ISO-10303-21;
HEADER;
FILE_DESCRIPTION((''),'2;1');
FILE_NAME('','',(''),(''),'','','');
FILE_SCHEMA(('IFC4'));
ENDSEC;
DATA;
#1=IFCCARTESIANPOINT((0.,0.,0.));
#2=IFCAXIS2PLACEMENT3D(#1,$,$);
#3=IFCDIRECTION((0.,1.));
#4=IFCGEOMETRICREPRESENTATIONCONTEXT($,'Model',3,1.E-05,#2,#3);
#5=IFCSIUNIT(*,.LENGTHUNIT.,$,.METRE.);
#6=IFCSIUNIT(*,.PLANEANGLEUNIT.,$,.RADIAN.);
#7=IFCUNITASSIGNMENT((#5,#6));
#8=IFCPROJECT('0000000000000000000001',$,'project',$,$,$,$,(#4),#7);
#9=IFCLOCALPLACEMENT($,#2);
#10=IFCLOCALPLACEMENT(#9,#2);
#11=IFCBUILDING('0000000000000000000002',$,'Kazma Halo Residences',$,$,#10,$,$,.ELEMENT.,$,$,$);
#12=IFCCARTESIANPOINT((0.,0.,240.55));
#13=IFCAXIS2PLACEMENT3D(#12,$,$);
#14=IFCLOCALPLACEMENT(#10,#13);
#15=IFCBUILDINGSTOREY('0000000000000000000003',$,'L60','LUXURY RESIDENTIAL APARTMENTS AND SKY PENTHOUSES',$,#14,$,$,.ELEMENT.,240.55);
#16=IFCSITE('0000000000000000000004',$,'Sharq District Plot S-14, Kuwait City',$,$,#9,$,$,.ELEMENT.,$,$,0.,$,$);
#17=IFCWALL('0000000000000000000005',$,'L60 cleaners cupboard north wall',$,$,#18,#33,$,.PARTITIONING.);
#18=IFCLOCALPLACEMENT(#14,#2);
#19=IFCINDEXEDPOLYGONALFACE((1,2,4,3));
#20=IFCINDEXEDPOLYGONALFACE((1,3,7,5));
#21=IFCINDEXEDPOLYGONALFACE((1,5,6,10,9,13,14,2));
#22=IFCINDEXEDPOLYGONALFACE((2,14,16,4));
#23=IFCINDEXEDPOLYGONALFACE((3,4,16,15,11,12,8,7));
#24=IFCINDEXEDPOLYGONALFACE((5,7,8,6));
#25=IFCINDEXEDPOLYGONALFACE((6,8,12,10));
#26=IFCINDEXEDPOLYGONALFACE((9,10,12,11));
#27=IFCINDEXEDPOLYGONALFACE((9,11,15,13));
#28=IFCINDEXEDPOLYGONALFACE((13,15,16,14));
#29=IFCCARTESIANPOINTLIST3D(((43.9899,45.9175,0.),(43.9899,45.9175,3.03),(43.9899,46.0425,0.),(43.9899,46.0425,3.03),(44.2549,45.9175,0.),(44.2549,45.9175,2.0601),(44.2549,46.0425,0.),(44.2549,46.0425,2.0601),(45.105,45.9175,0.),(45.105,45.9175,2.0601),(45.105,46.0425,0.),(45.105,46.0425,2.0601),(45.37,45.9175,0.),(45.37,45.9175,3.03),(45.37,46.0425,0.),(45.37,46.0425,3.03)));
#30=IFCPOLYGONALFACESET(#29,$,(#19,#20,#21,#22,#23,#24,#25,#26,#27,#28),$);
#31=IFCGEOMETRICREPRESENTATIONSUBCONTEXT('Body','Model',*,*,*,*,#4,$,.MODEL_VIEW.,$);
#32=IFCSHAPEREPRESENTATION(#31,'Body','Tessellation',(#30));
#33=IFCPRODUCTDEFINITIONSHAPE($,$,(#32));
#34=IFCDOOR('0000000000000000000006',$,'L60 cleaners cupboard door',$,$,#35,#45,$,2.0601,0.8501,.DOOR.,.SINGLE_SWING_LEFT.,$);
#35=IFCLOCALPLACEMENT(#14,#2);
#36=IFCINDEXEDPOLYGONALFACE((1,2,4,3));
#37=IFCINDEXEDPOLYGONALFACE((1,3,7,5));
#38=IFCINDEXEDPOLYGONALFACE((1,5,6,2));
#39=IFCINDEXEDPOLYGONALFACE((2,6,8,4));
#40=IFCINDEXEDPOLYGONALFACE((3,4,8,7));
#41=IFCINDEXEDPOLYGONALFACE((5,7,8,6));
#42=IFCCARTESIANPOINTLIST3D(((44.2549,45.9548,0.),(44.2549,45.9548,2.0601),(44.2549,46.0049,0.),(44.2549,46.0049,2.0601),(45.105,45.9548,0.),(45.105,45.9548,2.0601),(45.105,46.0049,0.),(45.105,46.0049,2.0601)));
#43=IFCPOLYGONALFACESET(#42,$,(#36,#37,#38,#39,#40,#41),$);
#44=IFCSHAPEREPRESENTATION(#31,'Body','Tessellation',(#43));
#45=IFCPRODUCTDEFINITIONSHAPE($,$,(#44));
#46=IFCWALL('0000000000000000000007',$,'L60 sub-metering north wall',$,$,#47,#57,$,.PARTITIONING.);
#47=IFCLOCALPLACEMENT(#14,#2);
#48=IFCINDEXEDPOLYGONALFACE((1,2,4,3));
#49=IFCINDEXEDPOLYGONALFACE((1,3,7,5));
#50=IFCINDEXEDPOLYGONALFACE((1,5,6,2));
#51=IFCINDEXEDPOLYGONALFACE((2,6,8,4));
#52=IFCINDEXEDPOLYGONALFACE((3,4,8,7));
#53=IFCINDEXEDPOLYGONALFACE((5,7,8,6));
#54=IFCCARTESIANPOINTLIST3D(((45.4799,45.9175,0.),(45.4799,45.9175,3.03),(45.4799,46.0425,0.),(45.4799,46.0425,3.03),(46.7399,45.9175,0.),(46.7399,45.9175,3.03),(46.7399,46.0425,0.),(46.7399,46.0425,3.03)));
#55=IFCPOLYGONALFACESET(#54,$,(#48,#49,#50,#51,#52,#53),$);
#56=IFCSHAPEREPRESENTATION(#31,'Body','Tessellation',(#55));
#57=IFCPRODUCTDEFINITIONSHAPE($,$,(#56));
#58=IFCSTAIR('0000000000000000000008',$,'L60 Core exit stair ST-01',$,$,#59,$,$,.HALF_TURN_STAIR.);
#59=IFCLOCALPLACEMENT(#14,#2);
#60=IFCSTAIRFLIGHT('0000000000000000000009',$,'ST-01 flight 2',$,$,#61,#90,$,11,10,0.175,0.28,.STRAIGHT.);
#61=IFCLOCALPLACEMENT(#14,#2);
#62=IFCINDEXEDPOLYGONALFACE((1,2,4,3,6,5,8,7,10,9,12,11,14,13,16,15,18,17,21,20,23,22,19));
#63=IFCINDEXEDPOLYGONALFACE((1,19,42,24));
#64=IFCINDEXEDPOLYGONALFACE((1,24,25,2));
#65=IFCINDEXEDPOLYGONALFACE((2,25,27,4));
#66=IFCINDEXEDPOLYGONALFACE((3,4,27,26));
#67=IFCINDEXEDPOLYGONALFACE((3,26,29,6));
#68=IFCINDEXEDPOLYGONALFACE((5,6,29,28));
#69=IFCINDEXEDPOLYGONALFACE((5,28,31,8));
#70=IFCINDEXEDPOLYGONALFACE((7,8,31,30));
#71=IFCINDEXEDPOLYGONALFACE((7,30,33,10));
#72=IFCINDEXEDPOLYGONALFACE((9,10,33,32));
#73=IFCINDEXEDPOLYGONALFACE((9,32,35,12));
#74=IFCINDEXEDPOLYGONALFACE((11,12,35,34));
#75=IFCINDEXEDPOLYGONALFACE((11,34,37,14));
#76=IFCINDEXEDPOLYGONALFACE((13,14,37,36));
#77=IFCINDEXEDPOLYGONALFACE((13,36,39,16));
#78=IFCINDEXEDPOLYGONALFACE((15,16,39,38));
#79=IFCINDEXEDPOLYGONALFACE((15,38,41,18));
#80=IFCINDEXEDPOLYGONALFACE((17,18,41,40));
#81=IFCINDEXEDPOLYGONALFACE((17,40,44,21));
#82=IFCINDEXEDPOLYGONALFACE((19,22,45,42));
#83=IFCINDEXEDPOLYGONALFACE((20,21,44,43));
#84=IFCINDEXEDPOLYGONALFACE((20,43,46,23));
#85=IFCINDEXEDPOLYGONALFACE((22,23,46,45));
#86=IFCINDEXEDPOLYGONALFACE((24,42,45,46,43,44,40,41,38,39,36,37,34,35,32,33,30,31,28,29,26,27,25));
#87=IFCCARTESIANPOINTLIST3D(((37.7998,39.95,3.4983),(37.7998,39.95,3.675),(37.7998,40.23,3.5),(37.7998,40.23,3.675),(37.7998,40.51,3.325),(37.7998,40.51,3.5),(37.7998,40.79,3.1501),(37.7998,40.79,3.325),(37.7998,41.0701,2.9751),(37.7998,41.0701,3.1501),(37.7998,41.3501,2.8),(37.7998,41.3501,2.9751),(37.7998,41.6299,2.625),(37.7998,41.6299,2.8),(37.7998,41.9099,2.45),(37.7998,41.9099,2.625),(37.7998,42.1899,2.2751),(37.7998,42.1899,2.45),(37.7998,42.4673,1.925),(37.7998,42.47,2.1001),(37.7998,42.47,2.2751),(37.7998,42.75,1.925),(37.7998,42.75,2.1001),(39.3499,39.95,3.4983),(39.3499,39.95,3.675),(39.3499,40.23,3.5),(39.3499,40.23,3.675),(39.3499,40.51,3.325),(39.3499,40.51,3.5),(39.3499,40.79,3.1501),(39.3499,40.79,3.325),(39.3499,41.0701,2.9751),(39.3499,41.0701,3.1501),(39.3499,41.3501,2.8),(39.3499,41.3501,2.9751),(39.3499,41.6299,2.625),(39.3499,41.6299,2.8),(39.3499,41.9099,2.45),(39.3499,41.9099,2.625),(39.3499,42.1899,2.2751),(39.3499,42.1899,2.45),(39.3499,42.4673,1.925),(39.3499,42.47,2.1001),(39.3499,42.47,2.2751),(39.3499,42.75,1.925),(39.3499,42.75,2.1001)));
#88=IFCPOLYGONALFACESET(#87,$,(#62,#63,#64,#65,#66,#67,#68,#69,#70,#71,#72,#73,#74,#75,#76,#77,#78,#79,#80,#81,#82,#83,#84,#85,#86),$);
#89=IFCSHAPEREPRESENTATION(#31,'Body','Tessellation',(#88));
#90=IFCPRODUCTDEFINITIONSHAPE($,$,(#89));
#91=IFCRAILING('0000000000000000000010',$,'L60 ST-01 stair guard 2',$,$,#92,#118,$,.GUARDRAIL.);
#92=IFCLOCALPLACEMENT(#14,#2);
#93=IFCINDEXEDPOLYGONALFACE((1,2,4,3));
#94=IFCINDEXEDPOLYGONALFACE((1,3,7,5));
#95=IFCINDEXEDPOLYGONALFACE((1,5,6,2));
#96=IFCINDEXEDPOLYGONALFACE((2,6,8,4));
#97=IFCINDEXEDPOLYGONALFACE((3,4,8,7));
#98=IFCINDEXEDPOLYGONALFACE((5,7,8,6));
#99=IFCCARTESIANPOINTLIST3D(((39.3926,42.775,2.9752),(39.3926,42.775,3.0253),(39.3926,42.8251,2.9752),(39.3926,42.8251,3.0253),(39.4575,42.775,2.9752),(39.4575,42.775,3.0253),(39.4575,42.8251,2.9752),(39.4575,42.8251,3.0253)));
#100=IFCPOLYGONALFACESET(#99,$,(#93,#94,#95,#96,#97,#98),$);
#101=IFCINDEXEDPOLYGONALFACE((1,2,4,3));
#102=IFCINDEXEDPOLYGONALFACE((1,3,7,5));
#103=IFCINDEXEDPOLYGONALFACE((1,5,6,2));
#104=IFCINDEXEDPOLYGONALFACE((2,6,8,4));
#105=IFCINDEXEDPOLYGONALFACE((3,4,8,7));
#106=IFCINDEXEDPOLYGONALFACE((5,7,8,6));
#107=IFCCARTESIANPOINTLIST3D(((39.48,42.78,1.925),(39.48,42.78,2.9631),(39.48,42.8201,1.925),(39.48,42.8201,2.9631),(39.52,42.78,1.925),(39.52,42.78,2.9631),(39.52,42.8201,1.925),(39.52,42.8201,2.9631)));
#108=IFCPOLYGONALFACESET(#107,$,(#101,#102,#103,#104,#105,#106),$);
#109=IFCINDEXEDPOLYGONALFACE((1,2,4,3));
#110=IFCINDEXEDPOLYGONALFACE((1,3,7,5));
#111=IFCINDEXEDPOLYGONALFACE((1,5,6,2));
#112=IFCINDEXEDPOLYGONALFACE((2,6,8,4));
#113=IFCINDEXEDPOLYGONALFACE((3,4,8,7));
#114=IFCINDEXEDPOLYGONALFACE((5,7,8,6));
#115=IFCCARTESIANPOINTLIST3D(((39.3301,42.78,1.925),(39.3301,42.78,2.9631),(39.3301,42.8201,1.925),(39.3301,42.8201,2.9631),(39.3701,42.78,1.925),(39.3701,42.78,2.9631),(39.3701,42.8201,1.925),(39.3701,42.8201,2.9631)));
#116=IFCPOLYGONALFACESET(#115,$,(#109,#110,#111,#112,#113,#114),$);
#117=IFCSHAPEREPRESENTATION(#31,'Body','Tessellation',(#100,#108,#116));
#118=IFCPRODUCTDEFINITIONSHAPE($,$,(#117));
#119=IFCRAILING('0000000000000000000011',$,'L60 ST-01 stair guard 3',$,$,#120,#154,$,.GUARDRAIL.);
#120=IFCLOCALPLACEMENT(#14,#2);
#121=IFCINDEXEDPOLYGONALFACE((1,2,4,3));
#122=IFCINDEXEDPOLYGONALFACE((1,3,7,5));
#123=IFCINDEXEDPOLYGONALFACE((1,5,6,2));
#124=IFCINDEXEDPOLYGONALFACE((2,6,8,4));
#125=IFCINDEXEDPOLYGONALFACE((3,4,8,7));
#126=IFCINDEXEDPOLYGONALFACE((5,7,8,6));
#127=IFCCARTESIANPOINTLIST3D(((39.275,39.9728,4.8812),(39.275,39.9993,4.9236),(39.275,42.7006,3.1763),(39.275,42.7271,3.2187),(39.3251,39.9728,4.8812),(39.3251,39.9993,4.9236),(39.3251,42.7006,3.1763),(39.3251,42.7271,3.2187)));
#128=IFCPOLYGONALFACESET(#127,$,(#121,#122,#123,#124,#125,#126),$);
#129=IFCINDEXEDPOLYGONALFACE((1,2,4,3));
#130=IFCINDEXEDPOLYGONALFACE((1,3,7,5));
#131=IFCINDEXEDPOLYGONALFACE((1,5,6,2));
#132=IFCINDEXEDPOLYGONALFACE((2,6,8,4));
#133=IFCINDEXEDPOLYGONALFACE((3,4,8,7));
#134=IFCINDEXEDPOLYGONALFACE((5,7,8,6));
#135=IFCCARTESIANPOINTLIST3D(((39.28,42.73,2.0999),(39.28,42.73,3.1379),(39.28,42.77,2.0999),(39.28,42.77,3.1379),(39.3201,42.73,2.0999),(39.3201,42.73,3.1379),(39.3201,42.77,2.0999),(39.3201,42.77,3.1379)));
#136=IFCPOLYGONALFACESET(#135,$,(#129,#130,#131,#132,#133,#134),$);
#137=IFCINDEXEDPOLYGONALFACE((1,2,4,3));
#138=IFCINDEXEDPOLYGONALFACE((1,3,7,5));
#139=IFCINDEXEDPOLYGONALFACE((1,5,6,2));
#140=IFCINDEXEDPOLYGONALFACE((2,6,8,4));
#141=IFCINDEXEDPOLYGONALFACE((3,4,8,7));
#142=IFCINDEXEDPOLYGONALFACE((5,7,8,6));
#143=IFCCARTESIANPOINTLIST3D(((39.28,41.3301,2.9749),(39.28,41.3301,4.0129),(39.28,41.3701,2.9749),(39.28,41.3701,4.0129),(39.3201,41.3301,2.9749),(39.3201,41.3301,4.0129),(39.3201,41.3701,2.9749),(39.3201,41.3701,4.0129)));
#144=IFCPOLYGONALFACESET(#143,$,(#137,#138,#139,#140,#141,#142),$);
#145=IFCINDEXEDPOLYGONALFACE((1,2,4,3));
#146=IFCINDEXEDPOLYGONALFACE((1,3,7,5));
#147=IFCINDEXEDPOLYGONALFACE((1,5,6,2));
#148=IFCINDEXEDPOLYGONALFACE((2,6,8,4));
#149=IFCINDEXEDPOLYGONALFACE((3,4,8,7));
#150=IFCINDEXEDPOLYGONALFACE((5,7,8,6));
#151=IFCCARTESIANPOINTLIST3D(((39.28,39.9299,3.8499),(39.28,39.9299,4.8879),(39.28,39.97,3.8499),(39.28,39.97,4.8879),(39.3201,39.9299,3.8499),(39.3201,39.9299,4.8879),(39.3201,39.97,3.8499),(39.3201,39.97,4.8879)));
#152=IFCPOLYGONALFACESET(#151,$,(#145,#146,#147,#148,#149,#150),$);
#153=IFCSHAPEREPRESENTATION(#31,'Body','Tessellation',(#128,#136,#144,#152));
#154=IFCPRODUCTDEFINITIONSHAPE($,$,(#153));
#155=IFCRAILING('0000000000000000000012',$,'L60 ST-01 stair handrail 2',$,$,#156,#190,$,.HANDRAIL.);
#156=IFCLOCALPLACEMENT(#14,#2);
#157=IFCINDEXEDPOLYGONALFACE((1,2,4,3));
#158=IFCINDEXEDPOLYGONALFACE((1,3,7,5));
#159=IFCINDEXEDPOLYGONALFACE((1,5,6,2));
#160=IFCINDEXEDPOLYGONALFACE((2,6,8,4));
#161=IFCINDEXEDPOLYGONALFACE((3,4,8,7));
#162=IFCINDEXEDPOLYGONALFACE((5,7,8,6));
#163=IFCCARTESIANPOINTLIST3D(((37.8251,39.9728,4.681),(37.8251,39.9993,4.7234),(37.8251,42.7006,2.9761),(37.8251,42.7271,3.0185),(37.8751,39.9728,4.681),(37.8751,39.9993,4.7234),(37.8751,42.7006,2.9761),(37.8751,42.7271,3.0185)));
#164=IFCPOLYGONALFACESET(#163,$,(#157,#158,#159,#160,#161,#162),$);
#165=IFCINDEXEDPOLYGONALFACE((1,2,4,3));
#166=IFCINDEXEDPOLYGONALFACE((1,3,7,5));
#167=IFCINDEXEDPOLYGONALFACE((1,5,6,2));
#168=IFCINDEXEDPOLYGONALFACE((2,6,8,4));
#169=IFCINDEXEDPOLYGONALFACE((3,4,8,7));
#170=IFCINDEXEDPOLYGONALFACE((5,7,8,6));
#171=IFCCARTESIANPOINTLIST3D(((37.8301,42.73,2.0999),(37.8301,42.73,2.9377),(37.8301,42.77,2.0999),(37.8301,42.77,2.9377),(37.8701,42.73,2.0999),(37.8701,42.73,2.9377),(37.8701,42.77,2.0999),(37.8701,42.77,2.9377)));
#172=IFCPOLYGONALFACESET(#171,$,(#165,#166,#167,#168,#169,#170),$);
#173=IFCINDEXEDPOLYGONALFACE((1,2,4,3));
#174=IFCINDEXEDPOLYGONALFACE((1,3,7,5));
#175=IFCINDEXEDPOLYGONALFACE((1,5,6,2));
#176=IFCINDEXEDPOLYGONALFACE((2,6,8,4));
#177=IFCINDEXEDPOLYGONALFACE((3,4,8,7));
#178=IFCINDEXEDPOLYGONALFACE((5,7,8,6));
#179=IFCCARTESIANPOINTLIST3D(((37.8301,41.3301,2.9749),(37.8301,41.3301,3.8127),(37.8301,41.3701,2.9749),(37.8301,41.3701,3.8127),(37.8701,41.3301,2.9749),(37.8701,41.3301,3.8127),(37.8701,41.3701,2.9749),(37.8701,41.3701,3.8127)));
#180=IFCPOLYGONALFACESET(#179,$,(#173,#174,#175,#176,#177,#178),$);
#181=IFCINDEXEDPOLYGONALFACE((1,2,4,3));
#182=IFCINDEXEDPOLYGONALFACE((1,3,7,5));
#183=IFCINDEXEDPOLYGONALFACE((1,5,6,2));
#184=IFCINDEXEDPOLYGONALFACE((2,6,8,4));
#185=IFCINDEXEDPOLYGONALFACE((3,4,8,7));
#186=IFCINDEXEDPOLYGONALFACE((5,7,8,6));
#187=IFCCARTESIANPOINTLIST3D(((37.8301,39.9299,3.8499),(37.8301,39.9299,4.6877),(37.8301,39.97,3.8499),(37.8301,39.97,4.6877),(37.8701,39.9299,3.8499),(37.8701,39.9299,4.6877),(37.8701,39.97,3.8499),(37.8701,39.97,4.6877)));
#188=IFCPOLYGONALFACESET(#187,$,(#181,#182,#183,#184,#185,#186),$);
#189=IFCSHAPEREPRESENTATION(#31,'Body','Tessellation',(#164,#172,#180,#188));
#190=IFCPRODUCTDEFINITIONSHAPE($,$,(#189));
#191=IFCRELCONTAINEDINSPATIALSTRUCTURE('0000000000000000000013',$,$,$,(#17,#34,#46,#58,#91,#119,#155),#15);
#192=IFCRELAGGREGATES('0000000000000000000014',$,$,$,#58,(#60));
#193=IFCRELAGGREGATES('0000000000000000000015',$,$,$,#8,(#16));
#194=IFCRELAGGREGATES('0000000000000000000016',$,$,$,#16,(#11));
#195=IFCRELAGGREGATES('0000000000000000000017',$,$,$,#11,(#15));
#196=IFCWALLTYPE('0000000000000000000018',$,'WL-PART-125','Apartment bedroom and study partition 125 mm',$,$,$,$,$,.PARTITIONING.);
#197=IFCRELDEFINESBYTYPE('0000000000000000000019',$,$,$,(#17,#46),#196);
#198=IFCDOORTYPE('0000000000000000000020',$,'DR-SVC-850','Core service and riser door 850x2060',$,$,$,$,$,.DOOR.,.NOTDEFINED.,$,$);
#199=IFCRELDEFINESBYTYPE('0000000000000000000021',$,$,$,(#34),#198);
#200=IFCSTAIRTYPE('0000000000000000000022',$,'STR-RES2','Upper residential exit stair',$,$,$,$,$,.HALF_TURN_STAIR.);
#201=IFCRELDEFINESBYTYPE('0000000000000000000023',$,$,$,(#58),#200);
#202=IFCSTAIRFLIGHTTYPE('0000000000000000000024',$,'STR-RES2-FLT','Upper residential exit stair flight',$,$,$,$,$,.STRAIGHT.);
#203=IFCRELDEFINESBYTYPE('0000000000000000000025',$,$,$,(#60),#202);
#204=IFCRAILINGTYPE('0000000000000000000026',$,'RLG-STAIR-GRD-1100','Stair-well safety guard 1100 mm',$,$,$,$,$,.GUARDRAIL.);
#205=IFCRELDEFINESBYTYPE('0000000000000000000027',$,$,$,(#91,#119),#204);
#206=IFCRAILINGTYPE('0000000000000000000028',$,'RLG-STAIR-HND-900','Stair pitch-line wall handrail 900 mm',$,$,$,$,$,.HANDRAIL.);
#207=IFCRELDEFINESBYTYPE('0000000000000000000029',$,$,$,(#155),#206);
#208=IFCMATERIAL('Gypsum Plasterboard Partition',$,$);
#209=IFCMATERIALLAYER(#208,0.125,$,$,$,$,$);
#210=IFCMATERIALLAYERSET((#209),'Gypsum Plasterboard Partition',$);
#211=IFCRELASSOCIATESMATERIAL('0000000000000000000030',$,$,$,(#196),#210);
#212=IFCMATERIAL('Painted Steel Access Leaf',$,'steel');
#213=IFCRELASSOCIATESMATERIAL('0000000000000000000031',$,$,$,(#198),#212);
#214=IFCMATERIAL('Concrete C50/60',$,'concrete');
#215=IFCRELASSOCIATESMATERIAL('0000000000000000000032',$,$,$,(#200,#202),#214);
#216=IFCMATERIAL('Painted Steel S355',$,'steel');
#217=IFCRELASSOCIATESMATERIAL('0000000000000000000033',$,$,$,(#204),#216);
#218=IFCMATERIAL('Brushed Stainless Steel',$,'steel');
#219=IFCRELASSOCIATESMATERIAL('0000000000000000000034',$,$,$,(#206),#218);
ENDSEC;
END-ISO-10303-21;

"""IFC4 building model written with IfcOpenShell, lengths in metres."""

from ifc_helpers import new_model, si_unit, direction, frame, frame_2d, origin, origin_2d, place, context, subcontext, project, spatial, polyline, rectangle, outline, extrude, material, layer, layer_set, type_object, element, fill, aggregate, save


model = new_model("IFC4")

# Units and contexts
model_context = context("Model", 3, precision=1e-05, world=origin(), true_north=direction((0.0, 1.0)))
body_context = subcontext(model_context, "Body", "Model", "MODEL_VIEW")
ifc_project = project(units=[si_unit("LENGTHUNIT", "METRE"), si_unit("PLANEANGLEUNIT", "RADIAN")], contexts=[model_context])

# Site, building, storey
site_placement = place(None, origin())
site = spatial("IfcSite", under=ifc_project, at=site_placement, Name="Sharq District Plot S-14, Kuwait City", CompositionType="ELEMENT", RefElevation=0.0)
building_placement = place(site_placement, origin())
building = spatial("IfcBuilding", under=site, at=building_placement, Name="Kazma Halo Residences", CompositionType="ELEMENT")
storey_placement = place(building_placement, frame((0.0, 0.0, 240.55)))
storey = spatial("IfcBuildingStorey", under=building, at=storey_placement, Name="L60", Description="LUXURY RESIDENTIAL APARTMENTS AND SKY PENTHOUSES", CompositionType="ELEMENT", Elevation=240.55)

# Shared definitions
ifc_material_1 = material(Name="Gypsum Plasterboard Partition")
ifc_layer_1 = layer(ifc_material_1, 0.125)
ifc_layer_set_1 = layer_set([ifc_layer_1], Name="Gypsum Plasterboard Partition")
wall_type_1 = type_object("IfcWallType", Name="WL-PART-125", Description="Apartment bedroom and study partition 125 mm", PredefinedType="PARTITIONING", material=ifc_layer_set_1)

# Shared definitions
ifc_material_2 = material(Name="Painted Steel Access Leaf", Category="steel")
door_type_1 = type_object("IfcDoorType", Name="DR-SVC-850", Description="Core service and riser door 850x2060", OperationType="NOTDEFINED", PredefinedType="DOOR", material=ifc_material_2)

# Wall, opening, door
wall_1_placement = place(storey_placement, frame((43.99, 45.98, 0.0), z_axis=(0.0, 0.0, 1.0), x_axis=(1.0, 0.0, 0.0)))
wall_1 = element("IfcWall", 1, at=wall_1_placement, inside=storey, type_object=wall_type_1, Name="L60 cleaners cupboard north wall", PredefinedType="PARTITIONING", context=body_context, shape_type="SweptSolid", body=[
    extrude(rectangle(XDim=1.3801, YDim=0.125, at=frame_2d((0.6899, 0.0))), origin(), (0.0, 0.0, 1.0), 3.03),
])
opening_1_placement = place(wall_1_placement, frame((0.2649, 0.0, 0.0)))
opening_1 = element("IfcOpeningElement", 2, at=opening_1_placement, cuts=wall_1, PredefinedType="OPENING", context=body_context, shape_type="SweptSolid", body=[
    extrude(rectangle(XDim=0.8501, YDim=2.0601, at=frame_2d((0.425, 1.03))), frame((0.0, 0.0725, 0.0), z_axis=(0.0, -1.0, 0.0), x_axis=(1.0, 0.0, 0.0)), (0.0, 0.0, 1.0), 0.145),
])
door_1_placement = place(opening_1_placement, origin())
door_1 = element("IfcDoor", 3, at=door_1_placement, inside=storey, type_object=door_type_1, Name="L60 cleaners cupboard door", OperationType="SINGLE_SWING_LEFT", OverallHeight=2.0601, OverallWidth=0.8501, PredefinedType="DOOR", context=body_context, shape_type="SweptSolid", body=[
    extrude(rectangle(XDim=0.8501, YDim=2.0601, at=frame_2d((0.425, 1.03))), frame((0.0, 0.0249, 0.0), z_axis=(0.0, -1.0, 0.0), x_axis=(1.0, 0.0, 0.0)), (0.0, 0.0, 1.0), 0.05),
])
fill(opening_1, door_1)

# Wall
wall_2_placement = place(storey_placement, frame((45.48, 45.98, 0.0), z_axis=(0.0, 0.0, 1.0), x_axis=(1.0, 0.0, 0.0)))
element("IfcWall", 4, at=wall_2_placement, inside=storey, type_object=wall_type_1, Name="L60 sub-metering north wall", PredefinedType="PARTITIONING", context=body_context, shape_type="SweptSolid", body=[
    extrude(rectangle(XDim=1.26, YDim=0.125, at=frame_2d((0.6299, 0.0))), origin(), (0.0, 0.0, 1.0), 3.03),
])

# Stair, stair flight
ifc_material_3 = material(Name="Concrete C50/60", Category="concrete")
stair_type = type_object("IfcStairType", Name="STR-RES2", Description="Upper residential exit stair", PredefinedType="HALF_TURN_STAIR", material=ifc_material_3)
stair_placement = place(storey_placement, origin())
stair = element("IfcStair", 5, at=stair_placement, inside=storey, type_object=stair_type, Name="L60 Core exit stair ST-01", PredefinedType="HALF_TURN_STAIR")
stair_flight_type = type_object("IfcStairFlightType", Name="STR-RES2-FLT", Description="Upper residential exit stair flight", PredefinedType="STRAIGHT", material=ifc_material_3)
stair_flight_placement = place(storey_placement, frame((38.575, 42.75, 1.925), z_axis=(0.0, 0.0, 1.0), x_axis=(0.0, -1.0, 0.0)))
stair_flight = element("IfcStairFlight", 6, at=stair_flight_placement, type_object=stair_flight_type, Name="ST-01 flight 2", NumberOfRisers=11, NumberOfTreads=10, PredefinedType="STRAIGHT", RiserHeight=0.175, TreadLength=0.28, context=body_context, shape_type="SweptSolid", body=[
    extrude(outline(polyline([(0.0, 0.0), (0.0, 0.175), (0.28, 0.175), (0.28, 0.3501), (0.5601, 0.3501), (0.5601, 0.5249), (0.8401, 0.5249), (0.8401, 0.7), (1.1201, 0.7), (1.1201, 0.875), (1.3999, 0.875), (1.3999, 1.05), (1.6799, 1.05), (1.6799, 1.2251), (1.96, 1.2251), (1.96, 1.3999), (2.24, 1.3999), (2.24, 1.575), (2.52, 1.575), (2.52, 1.75), (2.8, 1.75), (2.8, 1.925), (2.8, 1.5732), (0.2827, 0.0), (0.0, 0.0)])), frame((0.0, 0.7749, 0.0), z_axis=(0.0, -1.0, 0.0), x_axis=(1.0, 0.0, 0.0)), (0.0, 0.0, 1.0), 1.55),
])
aggregate(stair, [stair_flight])

# Railings
ifc_material_4 = material(Name="Painted Steel S355", Category="steel")
railing_type_1 = type_object("IfcRailingType", Name="RLG-STAIR-GRD-1100", Description="Stair-well safety guard 1100 mm", PredefinedType="GUARDRAIL", material=ifc_material_4)
railing_1_placement = place(storey_placement, frame((39.5, 42.8, 1.925)))
element("IfcRailing", 7, at=railing_1_placement, inside=storey, type_object=railing_type_1, Name="L60 ST-01 stair guard 2", PredefinedType="GUARDRAIL", context=body_context, shape_type="SweptSolid", body=[
    extrude(rectangle(XDim=0.05, YDim=0.05, at=origin_2d()), frame((-0.0425, 0.0, 1.0752), z_axis=(-1.0, 0.0, 0.0), x_axis=(0.0, -1.0, 0.0)), (0.0, 0.0, 1.0), 0.0649),
    extrude(rectangle(XDim=0.04, YDim=0.04, at=origin_2d()), origin(), (0.0, 0.0, 1.0), 1.0381),
    extrude(rectangle(XDim=0.04, YDim=0.04, at=origin_2d()), frame((-0.1499, 0.0, 0.0)), (0.0, 0.0, 1.0), 1.0381),
])
railing_2_placement = place(storey_placement, frame((39.3, 42.75, 2.0999)))
element("IfcRailing", 8, at=railing_2_placement, inside=storey, type_object=railing_type_1, Name="L60 ST-01 stair guard 3", PredefinedType="GUARDRAIL", context=body_context, shape_type="SweptSolid", body=[
    extrude(rectangle(XDim=0.05, YDim=0.05, at=origin_2d()), frame((0.0, -0.0361, 1.0977), z_axis=(0.0, -0.848002, 0.529992), x_axis=(1.0, 0.0, 0.0)), (0.0, 0.0, 1.0), 3.2168),
    extrude(rectangle(XDim=0.04, YDim=0.04, at=origin_2d()), origin(), (0.0, 0.0, 1.0), 1.0381),
    extrude(rectangle(XDim=0.04, YDim=0.04, at=origin_2d()), frame((0.0, -1.3999, 0.875)), (0.0, 0.0, 1.0), 1.0381),
    extrude(rectangle(XDim=0.04, YDim=0.04, at=origin_2d()), frame((0.0, -2.8, 1.75)), (0.0, 0.0, 1.0), 1.0381),
])
ifc_material_5 = material(Name="Brushed Stainless Steel", Category="steel")
railing_type_2 = type_object("IfcRailingType", Name="RLG-STAIR-HND-900", Description="Stair pitch-line wall handrail 900 mm", PredefinedType="HANDRAIL", material=ifc_material_5)
railing_3_placement = place(storey_placement, frame((37.8501, 42.75, 2.0999)))
element("IfcRailing", 9, at=railing_3_placement, inside=storey, type_object=railing_type_2, Name="L60 ST-01 stair handrail 2", PredefinedType="HANDRAIL", context=body_context, shape_type="SweptSolid", body=[
    extrude(rectangle(XDim=0.05, YDim=0.05, at=origin_2d()), frame((0.0, -0.0361, 0.8975), z_axis=(0.0, -0.848002, 0.529992), x_axis=(1.0, 0.0, 0.0)), (0.0, 0.0, 1.0), 3.2168),
    extrude(rectangle(XDim=0.04, YDim=0.04, at=origin_2d()), origin(), (0.0, 0.0, 1.0), 0.8379),
    extrude(rectangle(XDim=0.04, YDim=0.04, at=origin_2d()), frame((0.0, -1.3999, 0.875)), (0.0, 0.0, 1.0), 0.8379),
    extrude(rectangle(XDim=0.04, YDim=0.04, at=origin_2d()), frame((0.0, -2.8, 1.75)), (0.0, 0.0, 1.0), 0.8379),
])

save(model, "model.ifc")
